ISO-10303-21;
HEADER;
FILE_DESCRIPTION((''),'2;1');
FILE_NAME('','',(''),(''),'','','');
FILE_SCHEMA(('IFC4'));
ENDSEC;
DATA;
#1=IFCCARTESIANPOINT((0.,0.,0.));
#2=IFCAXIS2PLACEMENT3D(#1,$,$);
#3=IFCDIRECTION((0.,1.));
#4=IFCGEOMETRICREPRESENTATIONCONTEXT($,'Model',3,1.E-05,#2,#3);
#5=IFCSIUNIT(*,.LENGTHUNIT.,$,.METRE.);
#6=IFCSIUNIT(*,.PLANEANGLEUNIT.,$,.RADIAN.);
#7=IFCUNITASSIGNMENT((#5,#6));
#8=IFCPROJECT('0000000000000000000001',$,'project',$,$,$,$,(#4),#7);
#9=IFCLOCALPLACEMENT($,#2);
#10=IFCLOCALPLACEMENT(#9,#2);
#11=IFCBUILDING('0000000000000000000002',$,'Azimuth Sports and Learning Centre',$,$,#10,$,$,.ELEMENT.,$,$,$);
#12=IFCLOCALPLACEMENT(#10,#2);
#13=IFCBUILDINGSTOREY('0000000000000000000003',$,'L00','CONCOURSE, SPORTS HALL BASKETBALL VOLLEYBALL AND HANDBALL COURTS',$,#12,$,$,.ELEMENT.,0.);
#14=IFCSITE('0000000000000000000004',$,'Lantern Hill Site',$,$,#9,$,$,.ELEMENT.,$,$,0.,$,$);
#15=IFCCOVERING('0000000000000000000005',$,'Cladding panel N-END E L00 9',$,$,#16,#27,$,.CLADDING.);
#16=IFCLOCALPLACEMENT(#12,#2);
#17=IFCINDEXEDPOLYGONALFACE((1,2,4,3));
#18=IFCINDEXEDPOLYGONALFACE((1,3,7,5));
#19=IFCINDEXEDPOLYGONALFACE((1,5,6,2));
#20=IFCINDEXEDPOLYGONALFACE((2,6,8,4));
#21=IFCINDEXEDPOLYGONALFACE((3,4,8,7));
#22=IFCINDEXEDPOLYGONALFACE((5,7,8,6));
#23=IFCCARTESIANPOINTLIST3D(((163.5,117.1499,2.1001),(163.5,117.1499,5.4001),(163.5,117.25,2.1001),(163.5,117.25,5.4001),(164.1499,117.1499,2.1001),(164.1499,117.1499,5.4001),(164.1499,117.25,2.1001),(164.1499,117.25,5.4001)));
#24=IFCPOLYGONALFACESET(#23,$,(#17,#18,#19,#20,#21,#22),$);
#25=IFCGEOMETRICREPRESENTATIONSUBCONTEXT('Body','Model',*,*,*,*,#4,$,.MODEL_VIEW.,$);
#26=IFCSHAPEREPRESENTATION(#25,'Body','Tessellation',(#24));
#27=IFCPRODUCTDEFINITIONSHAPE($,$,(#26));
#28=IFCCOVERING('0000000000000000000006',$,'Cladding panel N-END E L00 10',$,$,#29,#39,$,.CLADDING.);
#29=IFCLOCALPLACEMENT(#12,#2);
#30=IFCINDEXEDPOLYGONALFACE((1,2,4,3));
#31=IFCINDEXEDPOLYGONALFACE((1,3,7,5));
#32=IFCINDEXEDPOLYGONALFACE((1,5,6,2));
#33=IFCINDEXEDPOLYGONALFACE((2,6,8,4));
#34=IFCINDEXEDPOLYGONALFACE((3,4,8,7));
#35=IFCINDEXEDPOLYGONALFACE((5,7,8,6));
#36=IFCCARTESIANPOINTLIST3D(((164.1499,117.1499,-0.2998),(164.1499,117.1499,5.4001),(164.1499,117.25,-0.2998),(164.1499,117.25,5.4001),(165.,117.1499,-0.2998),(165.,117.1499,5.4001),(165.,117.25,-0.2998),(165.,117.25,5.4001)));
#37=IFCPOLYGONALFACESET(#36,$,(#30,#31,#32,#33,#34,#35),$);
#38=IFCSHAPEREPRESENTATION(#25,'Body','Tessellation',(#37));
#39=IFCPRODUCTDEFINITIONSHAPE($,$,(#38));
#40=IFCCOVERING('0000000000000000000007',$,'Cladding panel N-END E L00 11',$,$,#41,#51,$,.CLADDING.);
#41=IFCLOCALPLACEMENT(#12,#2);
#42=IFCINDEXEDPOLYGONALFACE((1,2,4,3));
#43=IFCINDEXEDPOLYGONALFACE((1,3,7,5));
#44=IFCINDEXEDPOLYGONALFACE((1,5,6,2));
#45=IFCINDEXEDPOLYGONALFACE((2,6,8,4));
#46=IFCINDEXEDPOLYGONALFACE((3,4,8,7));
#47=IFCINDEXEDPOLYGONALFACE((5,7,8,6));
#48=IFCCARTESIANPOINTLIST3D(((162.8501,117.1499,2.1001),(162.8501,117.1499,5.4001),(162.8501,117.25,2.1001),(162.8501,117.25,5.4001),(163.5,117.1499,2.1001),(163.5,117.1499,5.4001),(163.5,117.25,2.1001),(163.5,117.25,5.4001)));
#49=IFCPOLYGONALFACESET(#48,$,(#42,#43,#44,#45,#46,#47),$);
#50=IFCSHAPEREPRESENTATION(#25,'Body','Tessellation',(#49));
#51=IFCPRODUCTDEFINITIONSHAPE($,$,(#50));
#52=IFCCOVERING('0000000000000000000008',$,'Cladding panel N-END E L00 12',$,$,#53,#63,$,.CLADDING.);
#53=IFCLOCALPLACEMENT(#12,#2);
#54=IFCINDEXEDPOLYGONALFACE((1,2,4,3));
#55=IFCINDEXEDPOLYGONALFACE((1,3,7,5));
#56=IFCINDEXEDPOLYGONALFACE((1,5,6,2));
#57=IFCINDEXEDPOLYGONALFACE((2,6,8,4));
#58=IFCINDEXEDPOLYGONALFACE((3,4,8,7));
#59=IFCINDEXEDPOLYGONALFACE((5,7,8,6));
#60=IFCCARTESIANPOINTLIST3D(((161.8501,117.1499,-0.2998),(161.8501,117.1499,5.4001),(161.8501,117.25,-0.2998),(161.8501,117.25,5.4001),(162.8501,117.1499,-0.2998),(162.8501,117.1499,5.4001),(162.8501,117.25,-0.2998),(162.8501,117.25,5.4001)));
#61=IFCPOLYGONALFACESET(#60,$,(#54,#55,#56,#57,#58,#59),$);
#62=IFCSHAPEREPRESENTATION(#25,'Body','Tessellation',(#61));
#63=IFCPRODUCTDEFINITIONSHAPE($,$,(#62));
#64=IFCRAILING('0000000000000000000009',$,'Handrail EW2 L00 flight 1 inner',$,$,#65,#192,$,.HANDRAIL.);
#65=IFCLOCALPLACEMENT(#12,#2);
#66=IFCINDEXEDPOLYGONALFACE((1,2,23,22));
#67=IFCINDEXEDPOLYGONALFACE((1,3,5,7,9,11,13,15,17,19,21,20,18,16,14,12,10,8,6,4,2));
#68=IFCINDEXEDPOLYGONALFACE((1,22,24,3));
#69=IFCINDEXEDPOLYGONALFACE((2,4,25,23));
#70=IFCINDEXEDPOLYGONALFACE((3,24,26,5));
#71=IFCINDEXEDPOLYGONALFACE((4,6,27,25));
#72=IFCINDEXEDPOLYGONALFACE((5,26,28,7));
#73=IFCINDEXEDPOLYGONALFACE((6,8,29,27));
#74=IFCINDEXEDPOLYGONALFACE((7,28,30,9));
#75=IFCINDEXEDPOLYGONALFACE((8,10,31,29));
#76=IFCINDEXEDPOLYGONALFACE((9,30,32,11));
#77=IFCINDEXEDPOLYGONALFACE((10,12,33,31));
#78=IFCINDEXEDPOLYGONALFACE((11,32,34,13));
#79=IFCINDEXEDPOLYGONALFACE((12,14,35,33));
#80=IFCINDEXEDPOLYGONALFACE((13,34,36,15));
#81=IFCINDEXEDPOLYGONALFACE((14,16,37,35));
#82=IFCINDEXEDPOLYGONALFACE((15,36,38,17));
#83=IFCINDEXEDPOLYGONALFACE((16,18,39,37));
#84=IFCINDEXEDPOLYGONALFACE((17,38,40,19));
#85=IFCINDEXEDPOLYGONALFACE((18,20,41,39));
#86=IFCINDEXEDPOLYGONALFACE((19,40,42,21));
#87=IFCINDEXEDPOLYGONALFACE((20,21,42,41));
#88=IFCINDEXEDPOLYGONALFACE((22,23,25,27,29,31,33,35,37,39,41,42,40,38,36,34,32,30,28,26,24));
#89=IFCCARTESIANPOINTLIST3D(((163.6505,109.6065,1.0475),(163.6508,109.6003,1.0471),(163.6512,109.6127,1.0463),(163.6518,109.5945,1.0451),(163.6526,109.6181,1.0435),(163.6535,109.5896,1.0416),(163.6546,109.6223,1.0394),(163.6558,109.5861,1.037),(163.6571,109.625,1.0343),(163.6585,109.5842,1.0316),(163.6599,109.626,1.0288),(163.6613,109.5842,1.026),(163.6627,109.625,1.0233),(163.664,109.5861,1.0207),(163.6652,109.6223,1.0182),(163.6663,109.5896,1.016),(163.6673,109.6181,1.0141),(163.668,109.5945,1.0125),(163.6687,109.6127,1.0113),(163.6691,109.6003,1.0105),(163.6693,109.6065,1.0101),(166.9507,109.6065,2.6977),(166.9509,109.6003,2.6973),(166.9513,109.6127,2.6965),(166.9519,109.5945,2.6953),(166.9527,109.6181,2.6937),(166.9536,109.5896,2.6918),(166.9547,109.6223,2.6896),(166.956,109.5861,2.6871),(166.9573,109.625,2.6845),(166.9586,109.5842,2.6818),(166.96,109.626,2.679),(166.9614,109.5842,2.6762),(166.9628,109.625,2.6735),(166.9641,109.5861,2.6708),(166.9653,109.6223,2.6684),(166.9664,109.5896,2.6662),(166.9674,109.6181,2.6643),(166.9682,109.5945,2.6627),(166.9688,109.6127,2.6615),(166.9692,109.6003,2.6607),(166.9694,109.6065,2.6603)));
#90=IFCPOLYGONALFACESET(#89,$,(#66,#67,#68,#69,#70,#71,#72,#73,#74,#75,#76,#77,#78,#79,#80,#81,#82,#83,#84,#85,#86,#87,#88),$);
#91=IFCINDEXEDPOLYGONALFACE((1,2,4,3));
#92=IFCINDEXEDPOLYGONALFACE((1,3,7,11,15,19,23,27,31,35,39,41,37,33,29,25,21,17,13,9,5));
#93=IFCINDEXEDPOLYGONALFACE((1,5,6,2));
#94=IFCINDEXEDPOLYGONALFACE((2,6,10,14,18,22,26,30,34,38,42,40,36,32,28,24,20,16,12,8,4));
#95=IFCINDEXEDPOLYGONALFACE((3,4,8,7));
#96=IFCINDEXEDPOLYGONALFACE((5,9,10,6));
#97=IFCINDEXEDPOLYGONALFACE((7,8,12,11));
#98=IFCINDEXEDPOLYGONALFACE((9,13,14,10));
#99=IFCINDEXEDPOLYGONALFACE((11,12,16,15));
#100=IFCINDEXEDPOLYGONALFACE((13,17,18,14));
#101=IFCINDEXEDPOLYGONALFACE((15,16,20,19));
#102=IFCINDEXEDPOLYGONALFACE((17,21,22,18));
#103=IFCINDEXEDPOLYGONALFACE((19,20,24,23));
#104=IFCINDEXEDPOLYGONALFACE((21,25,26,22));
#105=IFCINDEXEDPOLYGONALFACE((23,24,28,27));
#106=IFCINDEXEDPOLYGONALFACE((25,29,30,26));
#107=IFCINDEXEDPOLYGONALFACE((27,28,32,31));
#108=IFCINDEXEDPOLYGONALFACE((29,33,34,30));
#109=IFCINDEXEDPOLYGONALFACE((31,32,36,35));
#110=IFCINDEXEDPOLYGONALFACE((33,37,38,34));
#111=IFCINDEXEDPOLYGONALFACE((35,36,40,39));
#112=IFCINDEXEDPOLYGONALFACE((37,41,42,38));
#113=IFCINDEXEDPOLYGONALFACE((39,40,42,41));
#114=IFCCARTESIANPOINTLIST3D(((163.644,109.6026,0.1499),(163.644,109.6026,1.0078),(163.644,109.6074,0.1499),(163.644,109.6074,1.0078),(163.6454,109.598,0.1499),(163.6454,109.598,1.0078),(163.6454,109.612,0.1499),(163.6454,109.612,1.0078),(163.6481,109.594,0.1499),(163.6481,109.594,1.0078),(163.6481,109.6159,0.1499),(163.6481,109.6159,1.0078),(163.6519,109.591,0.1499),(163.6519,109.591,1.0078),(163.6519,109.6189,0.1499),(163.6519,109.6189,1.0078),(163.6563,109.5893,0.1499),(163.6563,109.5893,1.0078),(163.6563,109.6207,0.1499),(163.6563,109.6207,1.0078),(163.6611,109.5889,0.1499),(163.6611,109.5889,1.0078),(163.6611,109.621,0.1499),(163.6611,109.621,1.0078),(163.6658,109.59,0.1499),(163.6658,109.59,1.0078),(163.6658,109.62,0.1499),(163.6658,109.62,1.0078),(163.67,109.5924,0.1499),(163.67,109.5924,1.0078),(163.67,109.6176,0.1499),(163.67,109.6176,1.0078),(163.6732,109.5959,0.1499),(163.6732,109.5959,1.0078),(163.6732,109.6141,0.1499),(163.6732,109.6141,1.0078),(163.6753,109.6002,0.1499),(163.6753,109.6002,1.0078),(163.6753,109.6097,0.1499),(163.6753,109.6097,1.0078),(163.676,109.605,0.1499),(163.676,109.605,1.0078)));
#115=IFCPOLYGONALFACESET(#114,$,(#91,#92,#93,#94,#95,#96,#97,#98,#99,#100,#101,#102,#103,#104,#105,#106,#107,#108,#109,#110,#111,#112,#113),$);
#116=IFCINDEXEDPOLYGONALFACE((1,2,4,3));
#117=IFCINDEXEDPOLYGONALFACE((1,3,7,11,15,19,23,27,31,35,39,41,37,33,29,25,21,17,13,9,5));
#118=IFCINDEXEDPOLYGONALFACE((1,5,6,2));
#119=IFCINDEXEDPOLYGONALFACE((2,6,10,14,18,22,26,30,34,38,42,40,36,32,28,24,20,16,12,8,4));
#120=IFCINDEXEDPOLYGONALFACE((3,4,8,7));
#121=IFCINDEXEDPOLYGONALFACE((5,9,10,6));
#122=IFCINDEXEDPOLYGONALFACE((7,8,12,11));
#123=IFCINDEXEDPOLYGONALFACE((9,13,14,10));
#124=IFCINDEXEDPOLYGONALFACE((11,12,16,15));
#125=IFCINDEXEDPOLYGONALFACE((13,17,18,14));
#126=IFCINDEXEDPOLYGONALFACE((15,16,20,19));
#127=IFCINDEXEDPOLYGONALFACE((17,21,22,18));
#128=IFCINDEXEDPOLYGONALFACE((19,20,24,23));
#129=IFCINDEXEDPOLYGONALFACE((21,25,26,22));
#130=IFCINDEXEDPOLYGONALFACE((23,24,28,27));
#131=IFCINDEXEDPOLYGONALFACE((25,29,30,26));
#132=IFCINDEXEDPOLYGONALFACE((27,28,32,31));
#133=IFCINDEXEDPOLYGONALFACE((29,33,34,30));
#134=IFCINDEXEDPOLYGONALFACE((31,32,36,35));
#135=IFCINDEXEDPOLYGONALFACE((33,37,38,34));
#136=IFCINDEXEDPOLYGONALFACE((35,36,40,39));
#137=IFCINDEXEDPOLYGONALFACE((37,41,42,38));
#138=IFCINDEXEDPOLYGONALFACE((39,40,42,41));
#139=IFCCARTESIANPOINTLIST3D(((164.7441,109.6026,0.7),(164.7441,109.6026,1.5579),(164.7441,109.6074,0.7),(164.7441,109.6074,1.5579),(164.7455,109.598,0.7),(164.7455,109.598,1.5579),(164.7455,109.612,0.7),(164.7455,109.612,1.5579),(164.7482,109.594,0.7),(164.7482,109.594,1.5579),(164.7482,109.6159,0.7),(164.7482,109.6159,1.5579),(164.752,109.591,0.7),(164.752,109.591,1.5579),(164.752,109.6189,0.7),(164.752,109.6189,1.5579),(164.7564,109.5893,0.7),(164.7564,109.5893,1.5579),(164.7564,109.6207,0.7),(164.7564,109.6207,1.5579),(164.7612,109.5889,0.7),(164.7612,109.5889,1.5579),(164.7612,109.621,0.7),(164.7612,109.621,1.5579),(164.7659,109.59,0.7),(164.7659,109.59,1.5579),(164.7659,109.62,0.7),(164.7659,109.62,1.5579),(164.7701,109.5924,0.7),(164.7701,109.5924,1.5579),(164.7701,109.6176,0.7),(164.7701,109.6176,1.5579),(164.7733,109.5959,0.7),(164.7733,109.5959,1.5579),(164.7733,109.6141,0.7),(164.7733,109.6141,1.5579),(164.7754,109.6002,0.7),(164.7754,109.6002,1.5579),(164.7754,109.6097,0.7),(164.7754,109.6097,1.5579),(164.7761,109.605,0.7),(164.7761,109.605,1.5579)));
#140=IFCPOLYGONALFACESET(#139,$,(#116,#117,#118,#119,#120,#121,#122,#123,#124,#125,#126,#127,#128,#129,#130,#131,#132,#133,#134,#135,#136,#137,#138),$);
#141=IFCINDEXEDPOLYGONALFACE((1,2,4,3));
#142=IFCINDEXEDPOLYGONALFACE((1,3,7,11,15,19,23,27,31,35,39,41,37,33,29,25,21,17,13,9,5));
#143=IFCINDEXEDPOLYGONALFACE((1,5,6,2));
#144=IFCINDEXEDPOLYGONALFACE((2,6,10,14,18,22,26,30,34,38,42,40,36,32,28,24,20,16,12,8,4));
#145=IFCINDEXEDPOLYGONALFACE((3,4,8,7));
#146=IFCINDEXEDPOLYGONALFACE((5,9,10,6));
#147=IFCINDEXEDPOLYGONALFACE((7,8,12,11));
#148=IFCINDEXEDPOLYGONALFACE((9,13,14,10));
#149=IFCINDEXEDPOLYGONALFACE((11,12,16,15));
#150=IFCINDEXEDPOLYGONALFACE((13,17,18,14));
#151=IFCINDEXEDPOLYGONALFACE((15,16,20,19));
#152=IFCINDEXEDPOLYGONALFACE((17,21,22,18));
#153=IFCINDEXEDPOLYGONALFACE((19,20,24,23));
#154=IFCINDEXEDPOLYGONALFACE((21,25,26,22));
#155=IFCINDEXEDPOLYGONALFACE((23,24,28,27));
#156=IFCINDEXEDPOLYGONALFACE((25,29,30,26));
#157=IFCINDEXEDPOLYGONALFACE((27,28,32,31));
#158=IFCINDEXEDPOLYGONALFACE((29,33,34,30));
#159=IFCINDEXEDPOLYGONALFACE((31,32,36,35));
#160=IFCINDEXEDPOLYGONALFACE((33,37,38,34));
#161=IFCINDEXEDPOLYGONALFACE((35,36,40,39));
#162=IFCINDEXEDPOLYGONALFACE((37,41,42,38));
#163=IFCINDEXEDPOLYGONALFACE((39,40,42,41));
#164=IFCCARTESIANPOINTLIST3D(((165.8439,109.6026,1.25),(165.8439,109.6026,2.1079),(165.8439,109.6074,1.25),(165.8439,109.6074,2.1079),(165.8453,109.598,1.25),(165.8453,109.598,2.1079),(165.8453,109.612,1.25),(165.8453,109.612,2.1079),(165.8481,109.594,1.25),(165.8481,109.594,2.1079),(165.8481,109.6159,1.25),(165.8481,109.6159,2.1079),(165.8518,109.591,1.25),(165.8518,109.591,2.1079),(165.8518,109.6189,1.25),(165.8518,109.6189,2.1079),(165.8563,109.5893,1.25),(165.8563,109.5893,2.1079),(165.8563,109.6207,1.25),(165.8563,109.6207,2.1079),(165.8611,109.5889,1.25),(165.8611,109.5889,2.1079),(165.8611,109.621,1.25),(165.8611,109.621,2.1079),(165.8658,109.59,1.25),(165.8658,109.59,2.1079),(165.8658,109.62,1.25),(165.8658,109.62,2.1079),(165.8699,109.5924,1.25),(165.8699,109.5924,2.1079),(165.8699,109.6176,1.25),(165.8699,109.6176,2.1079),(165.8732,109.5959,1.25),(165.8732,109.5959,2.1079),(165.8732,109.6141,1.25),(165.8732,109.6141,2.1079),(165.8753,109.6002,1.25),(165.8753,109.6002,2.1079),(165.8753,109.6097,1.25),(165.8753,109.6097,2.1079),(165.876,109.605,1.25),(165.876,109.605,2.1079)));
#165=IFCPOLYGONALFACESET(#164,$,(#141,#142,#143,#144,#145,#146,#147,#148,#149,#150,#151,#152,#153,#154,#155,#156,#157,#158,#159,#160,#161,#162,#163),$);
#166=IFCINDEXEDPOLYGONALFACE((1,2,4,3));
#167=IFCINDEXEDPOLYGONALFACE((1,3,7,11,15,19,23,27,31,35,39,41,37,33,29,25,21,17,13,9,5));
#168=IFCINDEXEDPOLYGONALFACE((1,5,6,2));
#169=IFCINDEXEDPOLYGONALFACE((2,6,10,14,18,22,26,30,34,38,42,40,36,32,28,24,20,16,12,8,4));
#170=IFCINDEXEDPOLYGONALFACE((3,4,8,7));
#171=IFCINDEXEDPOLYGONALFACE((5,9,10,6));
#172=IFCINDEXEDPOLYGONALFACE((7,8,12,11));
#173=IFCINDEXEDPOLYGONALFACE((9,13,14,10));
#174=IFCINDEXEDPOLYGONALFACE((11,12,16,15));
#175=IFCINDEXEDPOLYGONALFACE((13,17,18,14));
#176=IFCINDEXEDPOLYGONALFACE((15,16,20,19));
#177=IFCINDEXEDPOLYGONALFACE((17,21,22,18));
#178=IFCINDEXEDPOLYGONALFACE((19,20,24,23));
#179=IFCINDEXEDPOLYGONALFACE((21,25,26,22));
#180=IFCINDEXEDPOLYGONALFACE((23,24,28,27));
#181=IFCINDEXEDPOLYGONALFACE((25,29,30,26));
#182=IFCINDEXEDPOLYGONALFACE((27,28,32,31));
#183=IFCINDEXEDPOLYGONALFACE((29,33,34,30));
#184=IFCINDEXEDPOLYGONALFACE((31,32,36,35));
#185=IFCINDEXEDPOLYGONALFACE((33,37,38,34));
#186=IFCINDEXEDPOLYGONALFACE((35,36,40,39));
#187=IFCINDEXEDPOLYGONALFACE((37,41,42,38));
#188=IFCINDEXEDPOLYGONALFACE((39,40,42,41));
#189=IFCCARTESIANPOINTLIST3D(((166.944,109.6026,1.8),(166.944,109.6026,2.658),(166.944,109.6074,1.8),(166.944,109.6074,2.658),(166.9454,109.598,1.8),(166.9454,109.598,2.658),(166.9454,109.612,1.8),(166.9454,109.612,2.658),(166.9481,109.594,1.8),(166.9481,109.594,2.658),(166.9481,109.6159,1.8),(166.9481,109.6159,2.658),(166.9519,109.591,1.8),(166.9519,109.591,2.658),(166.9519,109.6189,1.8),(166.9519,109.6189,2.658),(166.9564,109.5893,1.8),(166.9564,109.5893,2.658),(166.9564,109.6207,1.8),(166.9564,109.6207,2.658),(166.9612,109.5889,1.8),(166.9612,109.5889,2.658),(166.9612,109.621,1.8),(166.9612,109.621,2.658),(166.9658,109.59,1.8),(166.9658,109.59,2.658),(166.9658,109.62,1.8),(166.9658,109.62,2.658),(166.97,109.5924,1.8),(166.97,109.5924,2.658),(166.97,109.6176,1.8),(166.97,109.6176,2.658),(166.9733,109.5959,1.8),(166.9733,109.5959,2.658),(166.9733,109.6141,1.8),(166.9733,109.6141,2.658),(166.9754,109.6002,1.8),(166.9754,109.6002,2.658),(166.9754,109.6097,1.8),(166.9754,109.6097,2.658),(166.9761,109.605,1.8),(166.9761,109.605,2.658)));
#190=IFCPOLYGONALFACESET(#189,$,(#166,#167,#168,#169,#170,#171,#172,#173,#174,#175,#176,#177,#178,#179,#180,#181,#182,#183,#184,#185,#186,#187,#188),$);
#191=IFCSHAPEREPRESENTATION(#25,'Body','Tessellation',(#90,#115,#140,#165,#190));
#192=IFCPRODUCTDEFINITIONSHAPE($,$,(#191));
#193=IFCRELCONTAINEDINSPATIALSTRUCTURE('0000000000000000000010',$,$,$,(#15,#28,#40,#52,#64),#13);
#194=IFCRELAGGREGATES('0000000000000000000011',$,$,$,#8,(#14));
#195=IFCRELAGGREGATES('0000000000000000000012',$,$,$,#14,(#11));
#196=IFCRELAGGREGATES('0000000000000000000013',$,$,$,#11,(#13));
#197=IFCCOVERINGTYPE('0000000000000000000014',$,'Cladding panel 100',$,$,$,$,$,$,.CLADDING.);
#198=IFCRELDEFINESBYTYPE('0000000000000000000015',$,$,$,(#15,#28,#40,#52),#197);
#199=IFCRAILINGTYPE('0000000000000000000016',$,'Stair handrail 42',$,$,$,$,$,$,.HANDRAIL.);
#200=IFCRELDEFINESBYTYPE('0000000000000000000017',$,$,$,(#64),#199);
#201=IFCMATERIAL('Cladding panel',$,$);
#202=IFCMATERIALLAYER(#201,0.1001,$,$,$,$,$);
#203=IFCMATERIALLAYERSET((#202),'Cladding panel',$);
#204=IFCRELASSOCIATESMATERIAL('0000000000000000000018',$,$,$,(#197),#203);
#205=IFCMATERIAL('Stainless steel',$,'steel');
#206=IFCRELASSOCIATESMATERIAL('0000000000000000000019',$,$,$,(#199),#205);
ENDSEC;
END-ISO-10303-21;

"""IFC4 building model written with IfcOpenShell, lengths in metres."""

from ifc_helpers import new_model, si_unit, direction, frame, origin, origin_2d, place, context, subcontext, project, spatial, rectangle, circle, extrude, material, layer, layer_set, type_object, element, save


model = new_model("IFC4")

# Units and contexts
model_context = context("Model", 3, precision=1e-05, world=origin(), true_north=direction((0.0, 1.0)))
body_context = subcontext(model_context, "Body", "Model", "MODEL_VIEW")
ifc_project = project(units=[si_unit("LENGTHUNIT", "METRE"), si_unit("PLANEANGLEUNIT", "RADIAN")], contexts=[model_context])

# Site, building, storey
site_placement = place(None, origin())
site = spatial("IfcSite", under=ifc_project, at=site_placement, Name="Lantern Hill Site", CompositionType="ELEMENT", RefElevation=0.0)
building_placement = place(site_placement, origin())
building = spatial("IfcBuilding", under=site, at=building_placement, Name="Azimuth Sports and Learning Centre", CompositionType="ELEMENT")
storey_placement = place(building_placement, origin())
storey = spatial("IfcBuildingStorey", under=building, at=storey_placement, Name="L00", Description="CONCOURSE, SPORTS HALL BASKETBALL VOLLEYBALL AND HANDBALL COURTS", CompositionType="ELEMENT", Elevation=0.0)

# Coverings
ifc_material_1 = material(Name="Cladding panel")
ifc_layer_1 = layer(ifc_material_1, 0.1001)
ifc_layer_set_1 = layer_set([ifc_layer_1], Name="Cladding panel")
covering_type = type_object("IfcCoveringType", Name="Cladding panel 100", PredefinedType="CLADDING", material=ifc_layer_set_1)
covering_1_placement = place(storey_placement, frame((163.825, 117.2, 2.1001), z_axis=(0.0, 0.0, 1.0), x_axis=(-1.0, 0.0, 0.0)))
element("IfcCovering", 1, at=covering_1_placement, inside=storey, type_object=covering_type, Name="Cladding panel N-END E L00 9", PredefinedType="CLADDING", context=body_context, shape_type="SweptSolid", body=[
    extrude(rectangle(XDim=0.6499, YDim=0.1001, at=origin_2d()), origin(), (0.0, 0.0, 1.0), 3.3),
])
covering_2_placement = place(storey_placement, frame((164.575, 117.2, -0.2998), z_axis=(0.0, 0.0, 1.0), x_axis=(-1.0, 0.0, 0.0)))
element("IfcCovering", 2, at=covering_2_placement, inside=storey, type_object=covering_type, Name="Cladding panel N-END E L00 10", PredefinedType="CLADDING", context=body_context, shape_type="SweptSolid", body=[
    extrude(rectangle(XDim=0.8501, YDim=0.1001, at=origin_2d()), origin(), (0.0, 0.0, 1.0), 5.7),
])
covering_3_placement = place(storey_placement, frame((163.175, 117.2, 2.1001), z_axis=(0.0, 0.0, 1.0), x_axis=(-1.0, 0.0, 0.0)))
element("IfcCovering", 3, at=covering_3_placement, inside=storey, type_object=covering_type, Name="Cladding panel N-END E L00 11", PredefinedType="CLADDING", context=body_context, shape_type="SweptSolid", body=[
    extrude(rectangle(XDim=0.6499, YDim=0.1001, at=origin_2d()), origin(), (0.0, 0.0, 1.0), 3.3),
])
covering_4_placement = place(storey_placement, frame((162.3501, 117.2, -0.2998), z_axis=(0.0, 0.0, 1.0), x_axis=(-1.0, 0.0, 0.0)))
element("IfcCovering", 4, at=covering_4_placement, inside=storey, type_object=covering_type, Name="Cladding panel N-END E L00 12", PredefinedType="CLADDING", context=body_context, shape_type="SweptSolid", body=[
    extrude(rectangle(XDim=1.0, YDim=0.1001, at=origin_2d()), origin(), (0.0, 0.0, 1.0), 5.7),
])

# Railing
ifc_material_2 = material(Name="Stainless steel", Category="steel")
railing_type_1 = type_object("IfcRailingType", Name="Stair handrail 42", PredefinedType="HANDRAIL", material=ifc_material_2)
for number, where, name in (
    (5, (163.6599, 109.605, 0.1499), "Handrail EW2 L00 flight 1 inner"),
):
    element("IfcRailing", number, at=place(storey_placement, frame(where)), inside=storey, type_object=railing_type_1, Name=name, PredefinedType="HANDRAIL", context=body_context, shape_type="SweptSolid", body=[
        extrude(circle(Radius=0.021, at=origin_2d()), frame((0.0, 0.0, 0.8789), z_axis=(0.894414, 0.0, 0.44724), x_axis=(0.0, 1.0, 0.0)), (0.0, 0.0, 1.0), 3.6897),
        extrude(circle(Radius=0.0161, at=origin_2d()), origin(), (0.0, 0.0, 1.0), 0.8579),
        extrude(circle(Radius=0.0161, at=origin_2d()), frame((1.1001, 0.0, 0.55)), (0.0, 0.0, 1.0), 0.8579),
        extrude(circle(Radius=0.0161, at=origin_2d()), frame((2.2, 0.0, 1.1001)), (0.0, 0.0, 1.0), 0.8579),
        extrude(circle(Radius=0.0161, at=origin_2d()), frame((3.3, 0.0, 1.6501)), (0.0, 0.0, 1.0), 0.8579),
    ])

save(model, "model.ifc")
